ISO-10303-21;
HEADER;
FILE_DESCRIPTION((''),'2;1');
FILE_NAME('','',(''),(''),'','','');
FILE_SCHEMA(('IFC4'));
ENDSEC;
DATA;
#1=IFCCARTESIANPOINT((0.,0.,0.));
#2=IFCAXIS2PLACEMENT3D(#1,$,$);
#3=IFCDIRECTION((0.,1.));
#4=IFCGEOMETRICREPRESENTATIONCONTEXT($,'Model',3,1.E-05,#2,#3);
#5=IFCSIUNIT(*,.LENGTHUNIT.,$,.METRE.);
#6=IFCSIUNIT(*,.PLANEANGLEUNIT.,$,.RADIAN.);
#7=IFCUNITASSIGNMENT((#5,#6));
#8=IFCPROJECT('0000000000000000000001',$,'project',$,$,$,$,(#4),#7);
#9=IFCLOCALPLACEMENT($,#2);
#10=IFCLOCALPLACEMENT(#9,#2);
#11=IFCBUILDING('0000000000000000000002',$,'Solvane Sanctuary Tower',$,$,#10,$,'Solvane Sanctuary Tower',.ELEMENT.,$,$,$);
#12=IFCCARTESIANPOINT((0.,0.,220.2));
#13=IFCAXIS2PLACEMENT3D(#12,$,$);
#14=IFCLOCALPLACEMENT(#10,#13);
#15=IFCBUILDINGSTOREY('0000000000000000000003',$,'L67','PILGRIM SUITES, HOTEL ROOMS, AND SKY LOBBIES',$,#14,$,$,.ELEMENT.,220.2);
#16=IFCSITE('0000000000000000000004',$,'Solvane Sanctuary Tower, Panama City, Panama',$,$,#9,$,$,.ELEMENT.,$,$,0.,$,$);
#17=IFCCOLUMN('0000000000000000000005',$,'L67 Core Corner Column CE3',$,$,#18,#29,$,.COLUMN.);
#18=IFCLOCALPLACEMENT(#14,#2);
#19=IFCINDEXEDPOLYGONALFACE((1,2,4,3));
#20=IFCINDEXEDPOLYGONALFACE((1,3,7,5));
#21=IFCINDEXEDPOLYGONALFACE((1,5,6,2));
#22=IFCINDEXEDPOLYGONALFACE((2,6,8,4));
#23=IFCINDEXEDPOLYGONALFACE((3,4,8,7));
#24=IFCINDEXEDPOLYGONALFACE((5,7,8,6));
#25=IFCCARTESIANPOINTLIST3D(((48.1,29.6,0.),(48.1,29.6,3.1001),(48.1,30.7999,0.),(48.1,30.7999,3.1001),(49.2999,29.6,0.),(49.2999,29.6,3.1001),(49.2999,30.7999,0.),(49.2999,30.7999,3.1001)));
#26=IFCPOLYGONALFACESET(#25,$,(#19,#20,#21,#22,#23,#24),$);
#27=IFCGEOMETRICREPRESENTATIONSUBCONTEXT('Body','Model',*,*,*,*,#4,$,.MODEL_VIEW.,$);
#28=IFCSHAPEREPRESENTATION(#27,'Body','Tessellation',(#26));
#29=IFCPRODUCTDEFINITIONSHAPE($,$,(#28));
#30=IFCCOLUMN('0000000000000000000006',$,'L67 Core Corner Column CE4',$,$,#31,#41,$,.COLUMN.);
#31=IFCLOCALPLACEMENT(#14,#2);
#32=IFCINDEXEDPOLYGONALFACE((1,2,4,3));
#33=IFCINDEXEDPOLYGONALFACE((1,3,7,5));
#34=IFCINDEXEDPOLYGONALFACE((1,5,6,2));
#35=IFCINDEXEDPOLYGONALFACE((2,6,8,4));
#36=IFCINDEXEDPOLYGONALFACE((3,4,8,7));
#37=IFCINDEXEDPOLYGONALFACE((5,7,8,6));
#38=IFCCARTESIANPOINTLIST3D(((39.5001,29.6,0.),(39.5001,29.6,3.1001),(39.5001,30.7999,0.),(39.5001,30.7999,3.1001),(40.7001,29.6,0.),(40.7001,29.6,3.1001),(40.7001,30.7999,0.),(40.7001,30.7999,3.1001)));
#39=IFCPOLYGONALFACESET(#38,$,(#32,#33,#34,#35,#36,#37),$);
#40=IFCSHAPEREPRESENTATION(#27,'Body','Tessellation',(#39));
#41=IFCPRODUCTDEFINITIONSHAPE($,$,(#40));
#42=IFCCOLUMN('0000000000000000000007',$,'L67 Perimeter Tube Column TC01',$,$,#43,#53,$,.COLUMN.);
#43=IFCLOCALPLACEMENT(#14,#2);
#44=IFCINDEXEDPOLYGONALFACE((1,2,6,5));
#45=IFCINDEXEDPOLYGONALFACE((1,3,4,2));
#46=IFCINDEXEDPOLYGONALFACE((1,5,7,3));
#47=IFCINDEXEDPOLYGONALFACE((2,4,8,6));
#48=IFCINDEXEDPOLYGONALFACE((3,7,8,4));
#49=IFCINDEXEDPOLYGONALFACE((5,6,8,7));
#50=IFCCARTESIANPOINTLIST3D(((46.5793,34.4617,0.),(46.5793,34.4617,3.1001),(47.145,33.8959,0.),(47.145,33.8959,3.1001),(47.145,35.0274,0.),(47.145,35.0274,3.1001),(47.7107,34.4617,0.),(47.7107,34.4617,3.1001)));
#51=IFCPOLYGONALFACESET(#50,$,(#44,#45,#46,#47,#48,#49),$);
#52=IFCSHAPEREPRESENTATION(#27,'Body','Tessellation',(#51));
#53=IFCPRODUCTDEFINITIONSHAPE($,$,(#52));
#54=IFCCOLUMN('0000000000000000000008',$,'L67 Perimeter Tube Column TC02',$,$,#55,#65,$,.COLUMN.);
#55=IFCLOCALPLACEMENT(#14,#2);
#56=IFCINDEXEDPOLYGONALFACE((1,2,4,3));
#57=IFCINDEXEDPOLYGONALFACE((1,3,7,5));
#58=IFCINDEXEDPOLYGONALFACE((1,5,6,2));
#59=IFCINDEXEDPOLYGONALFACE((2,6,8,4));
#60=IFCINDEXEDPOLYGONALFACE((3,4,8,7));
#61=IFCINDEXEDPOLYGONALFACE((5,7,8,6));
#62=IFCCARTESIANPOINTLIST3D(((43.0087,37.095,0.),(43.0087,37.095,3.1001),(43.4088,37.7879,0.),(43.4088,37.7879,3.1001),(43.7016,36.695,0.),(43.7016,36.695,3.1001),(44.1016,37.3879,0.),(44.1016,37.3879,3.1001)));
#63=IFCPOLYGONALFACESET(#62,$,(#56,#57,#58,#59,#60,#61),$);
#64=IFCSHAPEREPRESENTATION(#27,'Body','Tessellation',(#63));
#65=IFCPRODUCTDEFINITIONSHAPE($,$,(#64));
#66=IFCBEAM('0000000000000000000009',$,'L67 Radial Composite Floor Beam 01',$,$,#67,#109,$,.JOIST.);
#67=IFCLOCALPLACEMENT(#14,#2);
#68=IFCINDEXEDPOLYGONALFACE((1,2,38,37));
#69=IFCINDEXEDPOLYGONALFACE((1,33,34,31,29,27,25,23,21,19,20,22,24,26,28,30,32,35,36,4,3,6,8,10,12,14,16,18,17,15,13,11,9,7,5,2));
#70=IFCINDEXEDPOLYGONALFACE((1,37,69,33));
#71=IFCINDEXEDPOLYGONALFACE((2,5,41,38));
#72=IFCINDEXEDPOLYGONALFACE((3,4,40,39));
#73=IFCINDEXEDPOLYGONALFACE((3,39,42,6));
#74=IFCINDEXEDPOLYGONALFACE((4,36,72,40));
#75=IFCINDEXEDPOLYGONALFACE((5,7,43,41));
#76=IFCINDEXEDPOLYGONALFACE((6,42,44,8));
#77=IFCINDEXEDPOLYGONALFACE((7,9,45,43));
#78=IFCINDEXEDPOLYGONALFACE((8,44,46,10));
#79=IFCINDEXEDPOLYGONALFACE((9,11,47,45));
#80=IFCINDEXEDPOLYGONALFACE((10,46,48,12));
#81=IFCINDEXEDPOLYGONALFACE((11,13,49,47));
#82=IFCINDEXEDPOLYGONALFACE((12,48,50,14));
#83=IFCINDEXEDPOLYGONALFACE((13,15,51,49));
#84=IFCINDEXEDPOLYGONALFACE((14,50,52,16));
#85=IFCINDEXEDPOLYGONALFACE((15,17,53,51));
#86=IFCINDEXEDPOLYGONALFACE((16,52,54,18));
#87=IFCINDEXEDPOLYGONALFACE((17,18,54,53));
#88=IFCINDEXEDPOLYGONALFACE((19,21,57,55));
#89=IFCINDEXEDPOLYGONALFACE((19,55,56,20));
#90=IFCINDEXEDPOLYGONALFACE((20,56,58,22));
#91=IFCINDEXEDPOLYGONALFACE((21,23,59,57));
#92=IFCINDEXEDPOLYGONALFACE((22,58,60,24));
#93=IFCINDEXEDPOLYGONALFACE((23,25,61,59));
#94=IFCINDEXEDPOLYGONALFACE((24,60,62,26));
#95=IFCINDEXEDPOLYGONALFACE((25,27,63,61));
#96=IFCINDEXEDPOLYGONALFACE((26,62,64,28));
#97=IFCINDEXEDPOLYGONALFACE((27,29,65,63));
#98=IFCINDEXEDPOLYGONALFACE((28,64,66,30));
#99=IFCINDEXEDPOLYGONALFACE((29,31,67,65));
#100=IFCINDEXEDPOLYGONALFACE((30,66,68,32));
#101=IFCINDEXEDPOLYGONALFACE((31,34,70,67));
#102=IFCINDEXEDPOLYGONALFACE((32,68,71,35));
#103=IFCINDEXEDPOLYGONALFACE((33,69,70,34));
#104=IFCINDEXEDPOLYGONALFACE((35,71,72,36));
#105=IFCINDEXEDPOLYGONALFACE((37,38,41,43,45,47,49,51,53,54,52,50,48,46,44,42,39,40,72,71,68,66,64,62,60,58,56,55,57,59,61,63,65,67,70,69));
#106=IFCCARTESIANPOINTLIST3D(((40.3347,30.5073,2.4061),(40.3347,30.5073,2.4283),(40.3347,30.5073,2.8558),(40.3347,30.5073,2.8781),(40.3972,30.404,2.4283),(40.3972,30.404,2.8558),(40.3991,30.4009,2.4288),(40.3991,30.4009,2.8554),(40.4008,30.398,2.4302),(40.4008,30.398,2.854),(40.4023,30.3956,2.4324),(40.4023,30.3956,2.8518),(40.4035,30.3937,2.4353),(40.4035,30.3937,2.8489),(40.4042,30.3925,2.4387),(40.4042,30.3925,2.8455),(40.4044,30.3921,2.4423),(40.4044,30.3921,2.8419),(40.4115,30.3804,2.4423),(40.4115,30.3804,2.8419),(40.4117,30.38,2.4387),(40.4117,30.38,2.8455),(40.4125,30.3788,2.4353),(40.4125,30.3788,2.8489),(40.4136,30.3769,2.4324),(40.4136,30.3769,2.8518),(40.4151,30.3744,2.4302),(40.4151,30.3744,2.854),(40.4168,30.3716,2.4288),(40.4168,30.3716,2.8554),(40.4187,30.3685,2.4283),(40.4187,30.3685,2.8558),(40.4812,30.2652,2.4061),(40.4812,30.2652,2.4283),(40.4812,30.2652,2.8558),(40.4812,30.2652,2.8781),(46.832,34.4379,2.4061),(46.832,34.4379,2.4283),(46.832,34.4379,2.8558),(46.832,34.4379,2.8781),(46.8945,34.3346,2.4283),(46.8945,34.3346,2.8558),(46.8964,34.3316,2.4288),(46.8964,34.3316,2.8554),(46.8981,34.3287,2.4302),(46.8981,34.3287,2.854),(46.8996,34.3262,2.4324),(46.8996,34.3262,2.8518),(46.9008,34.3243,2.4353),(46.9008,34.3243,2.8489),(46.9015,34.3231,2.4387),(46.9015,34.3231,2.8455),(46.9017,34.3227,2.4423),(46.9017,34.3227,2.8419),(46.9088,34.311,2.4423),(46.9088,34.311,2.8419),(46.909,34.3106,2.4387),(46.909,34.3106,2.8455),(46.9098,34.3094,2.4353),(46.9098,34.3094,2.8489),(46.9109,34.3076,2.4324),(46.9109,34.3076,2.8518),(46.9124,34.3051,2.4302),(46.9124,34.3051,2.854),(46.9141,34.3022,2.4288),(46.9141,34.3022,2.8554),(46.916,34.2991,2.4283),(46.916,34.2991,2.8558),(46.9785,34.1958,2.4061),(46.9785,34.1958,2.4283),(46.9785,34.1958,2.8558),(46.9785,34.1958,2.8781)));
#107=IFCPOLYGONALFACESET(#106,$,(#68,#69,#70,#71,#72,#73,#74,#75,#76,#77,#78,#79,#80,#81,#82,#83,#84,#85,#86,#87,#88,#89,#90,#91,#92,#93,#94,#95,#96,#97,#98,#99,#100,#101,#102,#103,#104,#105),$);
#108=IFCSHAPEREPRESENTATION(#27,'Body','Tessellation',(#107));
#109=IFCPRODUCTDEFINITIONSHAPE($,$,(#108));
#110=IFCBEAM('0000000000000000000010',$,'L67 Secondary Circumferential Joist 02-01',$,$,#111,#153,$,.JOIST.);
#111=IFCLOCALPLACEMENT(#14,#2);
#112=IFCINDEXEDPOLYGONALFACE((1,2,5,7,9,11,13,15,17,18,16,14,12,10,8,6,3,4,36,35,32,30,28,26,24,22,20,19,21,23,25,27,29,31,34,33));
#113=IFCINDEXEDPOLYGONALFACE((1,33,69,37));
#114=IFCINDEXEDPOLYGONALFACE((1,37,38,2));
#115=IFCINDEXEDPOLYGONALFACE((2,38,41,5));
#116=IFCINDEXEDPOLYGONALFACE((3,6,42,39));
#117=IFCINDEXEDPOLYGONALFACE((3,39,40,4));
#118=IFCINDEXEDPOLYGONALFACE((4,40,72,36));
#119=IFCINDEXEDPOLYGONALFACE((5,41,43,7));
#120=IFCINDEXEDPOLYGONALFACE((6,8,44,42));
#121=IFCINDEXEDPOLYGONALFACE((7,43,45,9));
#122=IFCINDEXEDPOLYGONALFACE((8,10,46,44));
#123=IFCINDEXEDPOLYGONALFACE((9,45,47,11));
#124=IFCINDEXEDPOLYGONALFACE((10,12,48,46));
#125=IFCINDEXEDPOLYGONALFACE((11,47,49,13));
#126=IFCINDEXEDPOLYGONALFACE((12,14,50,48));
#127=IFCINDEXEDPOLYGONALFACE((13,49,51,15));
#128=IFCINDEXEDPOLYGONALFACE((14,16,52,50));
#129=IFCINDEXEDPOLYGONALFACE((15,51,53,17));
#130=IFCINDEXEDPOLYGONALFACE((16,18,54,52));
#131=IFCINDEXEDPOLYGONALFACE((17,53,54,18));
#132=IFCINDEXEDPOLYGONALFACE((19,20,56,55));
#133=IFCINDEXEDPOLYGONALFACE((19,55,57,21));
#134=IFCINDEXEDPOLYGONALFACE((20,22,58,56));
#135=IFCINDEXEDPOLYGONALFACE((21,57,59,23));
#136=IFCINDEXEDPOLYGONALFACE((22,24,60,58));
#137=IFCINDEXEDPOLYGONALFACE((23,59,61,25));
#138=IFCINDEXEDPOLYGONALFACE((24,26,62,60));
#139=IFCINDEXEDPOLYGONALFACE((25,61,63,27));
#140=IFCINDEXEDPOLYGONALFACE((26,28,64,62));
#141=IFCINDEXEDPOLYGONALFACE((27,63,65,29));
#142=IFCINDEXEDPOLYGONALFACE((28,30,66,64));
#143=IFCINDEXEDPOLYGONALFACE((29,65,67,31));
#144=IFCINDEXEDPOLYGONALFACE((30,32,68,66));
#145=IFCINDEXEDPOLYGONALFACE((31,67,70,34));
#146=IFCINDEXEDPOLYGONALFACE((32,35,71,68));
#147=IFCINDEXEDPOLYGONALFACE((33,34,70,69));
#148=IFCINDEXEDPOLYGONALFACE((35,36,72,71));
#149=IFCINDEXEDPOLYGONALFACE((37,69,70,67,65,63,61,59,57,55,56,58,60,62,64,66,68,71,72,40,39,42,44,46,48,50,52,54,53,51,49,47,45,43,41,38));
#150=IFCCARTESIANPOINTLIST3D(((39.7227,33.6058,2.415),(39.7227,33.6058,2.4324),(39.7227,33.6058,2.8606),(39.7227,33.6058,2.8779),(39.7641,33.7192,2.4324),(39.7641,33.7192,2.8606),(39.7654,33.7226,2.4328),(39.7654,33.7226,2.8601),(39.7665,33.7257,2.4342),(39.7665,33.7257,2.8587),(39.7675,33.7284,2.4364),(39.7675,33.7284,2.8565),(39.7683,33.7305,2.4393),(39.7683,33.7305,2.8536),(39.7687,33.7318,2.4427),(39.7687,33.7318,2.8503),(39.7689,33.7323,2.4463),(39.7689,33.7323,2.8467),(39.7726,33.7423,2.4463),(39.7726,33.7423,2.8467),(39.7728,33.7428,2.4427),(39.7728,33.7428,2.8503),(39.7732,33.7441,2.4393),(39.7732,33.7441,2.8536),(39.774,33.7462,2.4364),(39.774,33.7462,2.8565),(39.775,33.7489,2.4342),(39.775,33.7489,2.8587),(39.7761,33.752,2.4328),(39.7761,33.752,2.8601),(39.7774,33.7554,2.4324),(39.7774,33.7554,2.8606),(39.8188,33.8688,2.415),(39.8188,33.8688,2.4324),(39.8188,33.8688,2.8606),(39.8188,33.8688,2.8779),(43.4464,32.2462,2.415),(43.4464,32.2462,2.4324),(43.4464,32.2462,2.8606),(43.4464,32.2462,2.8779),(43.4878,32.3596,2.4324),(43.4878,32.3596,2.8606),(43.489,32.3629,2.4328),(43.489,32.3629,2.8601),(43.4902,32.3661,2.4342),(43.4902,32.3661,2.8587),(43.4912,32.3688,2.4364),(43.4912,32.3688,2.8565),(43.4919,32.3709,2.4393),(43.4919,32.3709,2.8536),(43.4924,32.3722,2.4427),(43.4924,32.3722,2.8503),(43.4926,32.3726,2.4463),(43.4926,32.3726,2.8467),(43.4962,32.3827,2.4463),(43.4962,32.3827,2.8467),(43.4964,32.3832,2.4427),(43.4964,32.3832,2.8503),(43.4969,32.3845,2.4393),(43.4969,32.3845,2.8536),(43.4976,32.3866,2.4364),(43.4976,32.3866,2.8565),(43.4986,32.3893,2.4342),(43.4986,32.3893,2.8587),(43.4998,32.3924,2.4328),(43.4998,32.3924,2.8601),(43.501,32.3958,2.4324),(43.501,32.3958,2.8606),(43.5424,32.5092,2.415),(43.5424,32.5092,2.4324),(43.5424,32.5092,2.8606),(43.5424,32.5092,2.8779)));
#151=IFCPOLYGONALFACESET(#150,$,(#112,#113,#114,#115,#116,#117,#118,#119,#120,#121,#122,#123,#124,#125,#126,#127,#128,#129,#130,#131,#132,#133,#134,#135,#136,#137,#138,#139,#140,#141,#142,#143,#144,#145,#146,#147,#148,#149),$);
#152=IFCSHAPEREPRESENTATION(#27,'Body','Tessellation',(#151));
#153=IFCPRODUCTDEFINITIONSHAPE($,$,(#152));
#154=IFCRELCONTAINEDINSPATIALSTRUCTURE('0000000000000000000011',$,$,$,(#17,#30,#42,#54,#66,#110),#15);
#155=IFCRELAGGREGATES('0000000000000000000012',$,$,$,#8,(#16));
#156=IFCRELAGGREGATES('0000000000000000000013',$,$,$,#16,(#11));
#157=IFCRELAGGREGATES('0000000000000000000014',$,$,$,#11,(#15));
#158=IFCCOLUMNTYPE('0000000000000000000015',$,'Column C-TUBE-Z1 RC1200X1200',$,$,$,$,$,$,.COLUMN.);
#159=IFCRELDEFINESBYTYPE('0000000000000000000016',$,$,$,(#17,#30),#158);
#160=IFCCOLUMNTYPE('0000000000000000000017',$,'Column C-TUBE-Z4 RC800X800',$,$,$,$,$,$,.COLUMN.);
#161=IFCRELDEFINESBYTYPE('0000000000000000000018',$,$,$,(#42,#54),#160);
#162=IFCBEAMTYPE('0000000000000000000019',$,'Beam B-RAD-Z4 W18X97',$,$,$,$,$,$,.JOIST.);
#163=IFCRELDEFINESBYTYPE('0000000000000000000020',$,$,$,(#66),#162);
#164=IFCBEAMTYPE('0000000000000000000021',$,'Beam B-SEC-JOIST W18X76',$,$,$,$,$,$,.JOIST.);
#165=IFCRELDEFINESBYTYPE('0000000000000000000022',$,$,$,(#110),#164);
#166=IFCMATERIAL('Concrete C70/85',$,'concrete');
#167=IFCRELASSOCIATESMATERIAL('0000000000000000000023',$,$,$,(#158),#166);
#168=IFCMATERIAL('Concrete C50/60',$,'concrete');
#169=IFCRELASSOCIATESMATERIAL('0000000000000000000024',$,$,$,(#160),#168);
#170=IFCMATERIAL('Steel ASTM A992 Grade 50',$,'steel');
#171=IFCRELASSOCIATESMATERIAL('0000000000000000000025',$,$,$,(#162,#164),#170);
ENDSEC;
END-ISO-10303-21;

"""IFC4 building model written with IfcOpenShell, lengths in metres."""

from ifc_helpers import new_model, si_unit, direction, frame, origin, origin_2d, place, context, subcontext, project, spatial, rectangle, i_section, extrude, material, material_profile, profile_set, type_object, element, save


model = new_model("IFC4")

# Units and contexts
model_context = context("Model", 3, precision=1e-05, world=origin(), true_north=direction((0.0, 1.0)))
body_context = subcontext(model_context, "Body", "Model", "MODEL_VIEW")
ifc_project = project(units=[si_unit("LENGTHUNIT", "METRE"), si_unit("PLANEANGLEUNIT", "RADIAN")], contexts=[model_context])

# Site, building, storey
site_placement = place(None, origin())
site = spatial("IfcSite", under=ifc_project, at=site_placement, Name="Solvane Sanctuary Tower, Panama City, Panama", CompositionType="ELEMENT", RefElevation=0.0)
building_placement = place(site_placement, origin())
building = spatial("IfcBuilding", under=site, at=building_placement, Name="Solvane Sanctuary Tower", LongName="Solvane Sanctuary Tower", CompositionType="ELEMENT")
storey_placement = place(building_placement, frame((0.0, 0.0, 220.2)))
storey = spatial("IfcBuildingStorey", under=building, at=storey_placement, Name="L67", Description="PILGRIM SUITES, HOTEL ROOMS, AND SKY LOBBIES", CompositionType="ELEMENT", Elevation=220.2)

# Columns
ifc_material_1 = material(Name="Concrete C70/85", Category="concrete")
ifc_material_profile_1 = material_profile(ifc_material_1, rectangle(XDim=1.2, YDim=1.2, at=origin_2d()), Name="RC1200X1200")
ifc_profile_set_1 = profile_set([ifc_material_profile_1], Name="Concrete C70/85")
column_type_1 = type_object("IfcColumnType", Name="Column C-TUBE-Z1 RC1200X1200", PredefinedType="COLUMN", material=ifc_profile_set_1)
for number, where, z_axis, x_axis, name in (
    (1, (48.7, 30.2, 0.0), (0.0, 0.0, 1.0), (1.0, 0.0, 0.0), "L67 Core Corner Column CE3"),
    (2, (40.1001, 30.2, 0.0), (0.0, 0.0, 1.0), (1.0, 0.0, 0.0), "L67 Core Corner Column CE4"),
):
    element("IfcColumn", number, at=place(storey_placement, frame(where, z_axis=z_axis, x_axis=x_axis)), inside=storey, type_object=column_type_1, Name=name, PredefinedType="COLUMN", context=body_context, shape_type="SweptSolid", body=[
        extrude(rectangle(XDim=1.2, YDim=1.2, at=origin_2d()), origin(), (0.0, 0.0, 1.0), 3.1001),
    ])
ifc_material_2 = material(Name="Concrete C50/60", Category="concrete")
ifc_material_profile_2 = material_profile(ifc_material_2, rectangle(XDim=0.8, YDim=0.8, at=origin_2d()), Name="RC800X800")
ifc_profile_set_2 = profile_set([ifc_material_profile_2], Name="Concrete C50/60")
column_type_2 = type_object("IfcColumnType", Name="Column C-TUBE-Z4 RC800X800", PredefinedType="COLUMN", material=ifc_profile_set_2)
for number, where, z_axis, x_axis, name in (
    (3, (47.145, 34.4617, 0.0), (0.0, 0.0, 1.0), (0.707107, 0.707107, 0.0), "L67 Perimeter Tube Column TC01"),
    (4, (43.5552, 37.2415, 0.0), (0.0, 0.0, 1.0), (0.5, 0.866025, 0.0), "L67 Perimeter Tube Column TC02"),
):
    element("IfcColumn", number, at=place(storey_placement, frame(where, z_axis=z_axis, x_axis=x_axis)), inside=storey, type_object=column_type_2, Name=name, PredefinedType="COLUMN", context=body_context, shape_type="SweptSolid", body=[
        extrude(rectangle(XDim=0.8, YDim=0.8, at=origin_2d()), origin(), (0.0, 0.0, 1.0), 3.1001),
    ])

# Beams
ifc_material_3 = material(Name="Steel ASTM A992 Grade 50", Category="steel")
ifc_material_profile_3 = material_profile(ifc_material_3, i_section(OverallWidth=0.283, OverallDepth=0.4719, WebThickness=0.0137, FlangeThickness=0.0222, FilletRadius=0.0139, at=origin_2d()), Name="W18X97")
ifc_profile_set_3 = profile_set([ifc_material_profile_3], Name="Steel ASTM A992 Grade 50")
beam_type_1 = type_object("IfcBeamType", Name="Beam B-RAD-Z4 W18X97", PredefinedType="JOIST", material=ifc_profile_set_3)
beam_1_placement = place(storey_placement, frame((40.408, 30.3862, 2.6421), z_axis=(0.855612, 0.517618, 0.0), x_axis=(-0.517618, 0.855612, 0.0)))
element("IfcBeam", 5, at=beam_1_placement, inside=storey, type_object=beam_type_1, Name="L67 Radial Composite Floor Beam 01", PredefinedType="JOIST", context=body_context, shape_type="SweptSolid", body=[
    extrude(i_section(OverallWidth=0.283, OverallDepth=0.4719, WebThickness=0.0137, FlangeThickness=0.0222, FilletRadius=0.0139, at=origin_2d()), origin(), (0.0, 0.0, 1.0), 7.5938),
])
ifc_material_profile_4 = material_profile(ifc_material_3, i_section(OverallWidth=0.28, OverallDepth=0.4629, WebThickness=0.0107, FlangeThickness=0.0173, FilletRadius=0.0139, at=origin_2d()), Name="W18X76")
ifc_profile_set_4 = profile_set([ifc_material_profile_4], Name="Steel ASTM A992 Grade 50")
beam_type_2 = type_object("IfcBeamType", Name="Beam B-SEC-JOIST W18X76", PredefinedType="JOIST", material=ifc_profile_set_4)
beam_2_placement = place(storey_placement, frame((39.7708, 33.7373, 2.6465), z_axis=(0.939341, -0.342984, 0.0), x_axis=(0.342984, 0.939341, 0.0)))
element("IfcBeam", 6, at=beam_2_placement, inside=storey, type_object=beam_type_2, Name="L67 Secondary Circumferential Joist 02-01", PredefinedType="JOIST", context=body_context, shape_type="SweptSolid", body=[
    extrude(i_section(OverallWidth=0.28, OverallDepth=0.4629, WebThickness=0.0107, FlangeThickness=0.0173, FilletRadius=0.0139, at=origin_2d()), origin(), (0.0, 0.0, 1.0), 3.9641),
])

save(model, "model.ifc")
